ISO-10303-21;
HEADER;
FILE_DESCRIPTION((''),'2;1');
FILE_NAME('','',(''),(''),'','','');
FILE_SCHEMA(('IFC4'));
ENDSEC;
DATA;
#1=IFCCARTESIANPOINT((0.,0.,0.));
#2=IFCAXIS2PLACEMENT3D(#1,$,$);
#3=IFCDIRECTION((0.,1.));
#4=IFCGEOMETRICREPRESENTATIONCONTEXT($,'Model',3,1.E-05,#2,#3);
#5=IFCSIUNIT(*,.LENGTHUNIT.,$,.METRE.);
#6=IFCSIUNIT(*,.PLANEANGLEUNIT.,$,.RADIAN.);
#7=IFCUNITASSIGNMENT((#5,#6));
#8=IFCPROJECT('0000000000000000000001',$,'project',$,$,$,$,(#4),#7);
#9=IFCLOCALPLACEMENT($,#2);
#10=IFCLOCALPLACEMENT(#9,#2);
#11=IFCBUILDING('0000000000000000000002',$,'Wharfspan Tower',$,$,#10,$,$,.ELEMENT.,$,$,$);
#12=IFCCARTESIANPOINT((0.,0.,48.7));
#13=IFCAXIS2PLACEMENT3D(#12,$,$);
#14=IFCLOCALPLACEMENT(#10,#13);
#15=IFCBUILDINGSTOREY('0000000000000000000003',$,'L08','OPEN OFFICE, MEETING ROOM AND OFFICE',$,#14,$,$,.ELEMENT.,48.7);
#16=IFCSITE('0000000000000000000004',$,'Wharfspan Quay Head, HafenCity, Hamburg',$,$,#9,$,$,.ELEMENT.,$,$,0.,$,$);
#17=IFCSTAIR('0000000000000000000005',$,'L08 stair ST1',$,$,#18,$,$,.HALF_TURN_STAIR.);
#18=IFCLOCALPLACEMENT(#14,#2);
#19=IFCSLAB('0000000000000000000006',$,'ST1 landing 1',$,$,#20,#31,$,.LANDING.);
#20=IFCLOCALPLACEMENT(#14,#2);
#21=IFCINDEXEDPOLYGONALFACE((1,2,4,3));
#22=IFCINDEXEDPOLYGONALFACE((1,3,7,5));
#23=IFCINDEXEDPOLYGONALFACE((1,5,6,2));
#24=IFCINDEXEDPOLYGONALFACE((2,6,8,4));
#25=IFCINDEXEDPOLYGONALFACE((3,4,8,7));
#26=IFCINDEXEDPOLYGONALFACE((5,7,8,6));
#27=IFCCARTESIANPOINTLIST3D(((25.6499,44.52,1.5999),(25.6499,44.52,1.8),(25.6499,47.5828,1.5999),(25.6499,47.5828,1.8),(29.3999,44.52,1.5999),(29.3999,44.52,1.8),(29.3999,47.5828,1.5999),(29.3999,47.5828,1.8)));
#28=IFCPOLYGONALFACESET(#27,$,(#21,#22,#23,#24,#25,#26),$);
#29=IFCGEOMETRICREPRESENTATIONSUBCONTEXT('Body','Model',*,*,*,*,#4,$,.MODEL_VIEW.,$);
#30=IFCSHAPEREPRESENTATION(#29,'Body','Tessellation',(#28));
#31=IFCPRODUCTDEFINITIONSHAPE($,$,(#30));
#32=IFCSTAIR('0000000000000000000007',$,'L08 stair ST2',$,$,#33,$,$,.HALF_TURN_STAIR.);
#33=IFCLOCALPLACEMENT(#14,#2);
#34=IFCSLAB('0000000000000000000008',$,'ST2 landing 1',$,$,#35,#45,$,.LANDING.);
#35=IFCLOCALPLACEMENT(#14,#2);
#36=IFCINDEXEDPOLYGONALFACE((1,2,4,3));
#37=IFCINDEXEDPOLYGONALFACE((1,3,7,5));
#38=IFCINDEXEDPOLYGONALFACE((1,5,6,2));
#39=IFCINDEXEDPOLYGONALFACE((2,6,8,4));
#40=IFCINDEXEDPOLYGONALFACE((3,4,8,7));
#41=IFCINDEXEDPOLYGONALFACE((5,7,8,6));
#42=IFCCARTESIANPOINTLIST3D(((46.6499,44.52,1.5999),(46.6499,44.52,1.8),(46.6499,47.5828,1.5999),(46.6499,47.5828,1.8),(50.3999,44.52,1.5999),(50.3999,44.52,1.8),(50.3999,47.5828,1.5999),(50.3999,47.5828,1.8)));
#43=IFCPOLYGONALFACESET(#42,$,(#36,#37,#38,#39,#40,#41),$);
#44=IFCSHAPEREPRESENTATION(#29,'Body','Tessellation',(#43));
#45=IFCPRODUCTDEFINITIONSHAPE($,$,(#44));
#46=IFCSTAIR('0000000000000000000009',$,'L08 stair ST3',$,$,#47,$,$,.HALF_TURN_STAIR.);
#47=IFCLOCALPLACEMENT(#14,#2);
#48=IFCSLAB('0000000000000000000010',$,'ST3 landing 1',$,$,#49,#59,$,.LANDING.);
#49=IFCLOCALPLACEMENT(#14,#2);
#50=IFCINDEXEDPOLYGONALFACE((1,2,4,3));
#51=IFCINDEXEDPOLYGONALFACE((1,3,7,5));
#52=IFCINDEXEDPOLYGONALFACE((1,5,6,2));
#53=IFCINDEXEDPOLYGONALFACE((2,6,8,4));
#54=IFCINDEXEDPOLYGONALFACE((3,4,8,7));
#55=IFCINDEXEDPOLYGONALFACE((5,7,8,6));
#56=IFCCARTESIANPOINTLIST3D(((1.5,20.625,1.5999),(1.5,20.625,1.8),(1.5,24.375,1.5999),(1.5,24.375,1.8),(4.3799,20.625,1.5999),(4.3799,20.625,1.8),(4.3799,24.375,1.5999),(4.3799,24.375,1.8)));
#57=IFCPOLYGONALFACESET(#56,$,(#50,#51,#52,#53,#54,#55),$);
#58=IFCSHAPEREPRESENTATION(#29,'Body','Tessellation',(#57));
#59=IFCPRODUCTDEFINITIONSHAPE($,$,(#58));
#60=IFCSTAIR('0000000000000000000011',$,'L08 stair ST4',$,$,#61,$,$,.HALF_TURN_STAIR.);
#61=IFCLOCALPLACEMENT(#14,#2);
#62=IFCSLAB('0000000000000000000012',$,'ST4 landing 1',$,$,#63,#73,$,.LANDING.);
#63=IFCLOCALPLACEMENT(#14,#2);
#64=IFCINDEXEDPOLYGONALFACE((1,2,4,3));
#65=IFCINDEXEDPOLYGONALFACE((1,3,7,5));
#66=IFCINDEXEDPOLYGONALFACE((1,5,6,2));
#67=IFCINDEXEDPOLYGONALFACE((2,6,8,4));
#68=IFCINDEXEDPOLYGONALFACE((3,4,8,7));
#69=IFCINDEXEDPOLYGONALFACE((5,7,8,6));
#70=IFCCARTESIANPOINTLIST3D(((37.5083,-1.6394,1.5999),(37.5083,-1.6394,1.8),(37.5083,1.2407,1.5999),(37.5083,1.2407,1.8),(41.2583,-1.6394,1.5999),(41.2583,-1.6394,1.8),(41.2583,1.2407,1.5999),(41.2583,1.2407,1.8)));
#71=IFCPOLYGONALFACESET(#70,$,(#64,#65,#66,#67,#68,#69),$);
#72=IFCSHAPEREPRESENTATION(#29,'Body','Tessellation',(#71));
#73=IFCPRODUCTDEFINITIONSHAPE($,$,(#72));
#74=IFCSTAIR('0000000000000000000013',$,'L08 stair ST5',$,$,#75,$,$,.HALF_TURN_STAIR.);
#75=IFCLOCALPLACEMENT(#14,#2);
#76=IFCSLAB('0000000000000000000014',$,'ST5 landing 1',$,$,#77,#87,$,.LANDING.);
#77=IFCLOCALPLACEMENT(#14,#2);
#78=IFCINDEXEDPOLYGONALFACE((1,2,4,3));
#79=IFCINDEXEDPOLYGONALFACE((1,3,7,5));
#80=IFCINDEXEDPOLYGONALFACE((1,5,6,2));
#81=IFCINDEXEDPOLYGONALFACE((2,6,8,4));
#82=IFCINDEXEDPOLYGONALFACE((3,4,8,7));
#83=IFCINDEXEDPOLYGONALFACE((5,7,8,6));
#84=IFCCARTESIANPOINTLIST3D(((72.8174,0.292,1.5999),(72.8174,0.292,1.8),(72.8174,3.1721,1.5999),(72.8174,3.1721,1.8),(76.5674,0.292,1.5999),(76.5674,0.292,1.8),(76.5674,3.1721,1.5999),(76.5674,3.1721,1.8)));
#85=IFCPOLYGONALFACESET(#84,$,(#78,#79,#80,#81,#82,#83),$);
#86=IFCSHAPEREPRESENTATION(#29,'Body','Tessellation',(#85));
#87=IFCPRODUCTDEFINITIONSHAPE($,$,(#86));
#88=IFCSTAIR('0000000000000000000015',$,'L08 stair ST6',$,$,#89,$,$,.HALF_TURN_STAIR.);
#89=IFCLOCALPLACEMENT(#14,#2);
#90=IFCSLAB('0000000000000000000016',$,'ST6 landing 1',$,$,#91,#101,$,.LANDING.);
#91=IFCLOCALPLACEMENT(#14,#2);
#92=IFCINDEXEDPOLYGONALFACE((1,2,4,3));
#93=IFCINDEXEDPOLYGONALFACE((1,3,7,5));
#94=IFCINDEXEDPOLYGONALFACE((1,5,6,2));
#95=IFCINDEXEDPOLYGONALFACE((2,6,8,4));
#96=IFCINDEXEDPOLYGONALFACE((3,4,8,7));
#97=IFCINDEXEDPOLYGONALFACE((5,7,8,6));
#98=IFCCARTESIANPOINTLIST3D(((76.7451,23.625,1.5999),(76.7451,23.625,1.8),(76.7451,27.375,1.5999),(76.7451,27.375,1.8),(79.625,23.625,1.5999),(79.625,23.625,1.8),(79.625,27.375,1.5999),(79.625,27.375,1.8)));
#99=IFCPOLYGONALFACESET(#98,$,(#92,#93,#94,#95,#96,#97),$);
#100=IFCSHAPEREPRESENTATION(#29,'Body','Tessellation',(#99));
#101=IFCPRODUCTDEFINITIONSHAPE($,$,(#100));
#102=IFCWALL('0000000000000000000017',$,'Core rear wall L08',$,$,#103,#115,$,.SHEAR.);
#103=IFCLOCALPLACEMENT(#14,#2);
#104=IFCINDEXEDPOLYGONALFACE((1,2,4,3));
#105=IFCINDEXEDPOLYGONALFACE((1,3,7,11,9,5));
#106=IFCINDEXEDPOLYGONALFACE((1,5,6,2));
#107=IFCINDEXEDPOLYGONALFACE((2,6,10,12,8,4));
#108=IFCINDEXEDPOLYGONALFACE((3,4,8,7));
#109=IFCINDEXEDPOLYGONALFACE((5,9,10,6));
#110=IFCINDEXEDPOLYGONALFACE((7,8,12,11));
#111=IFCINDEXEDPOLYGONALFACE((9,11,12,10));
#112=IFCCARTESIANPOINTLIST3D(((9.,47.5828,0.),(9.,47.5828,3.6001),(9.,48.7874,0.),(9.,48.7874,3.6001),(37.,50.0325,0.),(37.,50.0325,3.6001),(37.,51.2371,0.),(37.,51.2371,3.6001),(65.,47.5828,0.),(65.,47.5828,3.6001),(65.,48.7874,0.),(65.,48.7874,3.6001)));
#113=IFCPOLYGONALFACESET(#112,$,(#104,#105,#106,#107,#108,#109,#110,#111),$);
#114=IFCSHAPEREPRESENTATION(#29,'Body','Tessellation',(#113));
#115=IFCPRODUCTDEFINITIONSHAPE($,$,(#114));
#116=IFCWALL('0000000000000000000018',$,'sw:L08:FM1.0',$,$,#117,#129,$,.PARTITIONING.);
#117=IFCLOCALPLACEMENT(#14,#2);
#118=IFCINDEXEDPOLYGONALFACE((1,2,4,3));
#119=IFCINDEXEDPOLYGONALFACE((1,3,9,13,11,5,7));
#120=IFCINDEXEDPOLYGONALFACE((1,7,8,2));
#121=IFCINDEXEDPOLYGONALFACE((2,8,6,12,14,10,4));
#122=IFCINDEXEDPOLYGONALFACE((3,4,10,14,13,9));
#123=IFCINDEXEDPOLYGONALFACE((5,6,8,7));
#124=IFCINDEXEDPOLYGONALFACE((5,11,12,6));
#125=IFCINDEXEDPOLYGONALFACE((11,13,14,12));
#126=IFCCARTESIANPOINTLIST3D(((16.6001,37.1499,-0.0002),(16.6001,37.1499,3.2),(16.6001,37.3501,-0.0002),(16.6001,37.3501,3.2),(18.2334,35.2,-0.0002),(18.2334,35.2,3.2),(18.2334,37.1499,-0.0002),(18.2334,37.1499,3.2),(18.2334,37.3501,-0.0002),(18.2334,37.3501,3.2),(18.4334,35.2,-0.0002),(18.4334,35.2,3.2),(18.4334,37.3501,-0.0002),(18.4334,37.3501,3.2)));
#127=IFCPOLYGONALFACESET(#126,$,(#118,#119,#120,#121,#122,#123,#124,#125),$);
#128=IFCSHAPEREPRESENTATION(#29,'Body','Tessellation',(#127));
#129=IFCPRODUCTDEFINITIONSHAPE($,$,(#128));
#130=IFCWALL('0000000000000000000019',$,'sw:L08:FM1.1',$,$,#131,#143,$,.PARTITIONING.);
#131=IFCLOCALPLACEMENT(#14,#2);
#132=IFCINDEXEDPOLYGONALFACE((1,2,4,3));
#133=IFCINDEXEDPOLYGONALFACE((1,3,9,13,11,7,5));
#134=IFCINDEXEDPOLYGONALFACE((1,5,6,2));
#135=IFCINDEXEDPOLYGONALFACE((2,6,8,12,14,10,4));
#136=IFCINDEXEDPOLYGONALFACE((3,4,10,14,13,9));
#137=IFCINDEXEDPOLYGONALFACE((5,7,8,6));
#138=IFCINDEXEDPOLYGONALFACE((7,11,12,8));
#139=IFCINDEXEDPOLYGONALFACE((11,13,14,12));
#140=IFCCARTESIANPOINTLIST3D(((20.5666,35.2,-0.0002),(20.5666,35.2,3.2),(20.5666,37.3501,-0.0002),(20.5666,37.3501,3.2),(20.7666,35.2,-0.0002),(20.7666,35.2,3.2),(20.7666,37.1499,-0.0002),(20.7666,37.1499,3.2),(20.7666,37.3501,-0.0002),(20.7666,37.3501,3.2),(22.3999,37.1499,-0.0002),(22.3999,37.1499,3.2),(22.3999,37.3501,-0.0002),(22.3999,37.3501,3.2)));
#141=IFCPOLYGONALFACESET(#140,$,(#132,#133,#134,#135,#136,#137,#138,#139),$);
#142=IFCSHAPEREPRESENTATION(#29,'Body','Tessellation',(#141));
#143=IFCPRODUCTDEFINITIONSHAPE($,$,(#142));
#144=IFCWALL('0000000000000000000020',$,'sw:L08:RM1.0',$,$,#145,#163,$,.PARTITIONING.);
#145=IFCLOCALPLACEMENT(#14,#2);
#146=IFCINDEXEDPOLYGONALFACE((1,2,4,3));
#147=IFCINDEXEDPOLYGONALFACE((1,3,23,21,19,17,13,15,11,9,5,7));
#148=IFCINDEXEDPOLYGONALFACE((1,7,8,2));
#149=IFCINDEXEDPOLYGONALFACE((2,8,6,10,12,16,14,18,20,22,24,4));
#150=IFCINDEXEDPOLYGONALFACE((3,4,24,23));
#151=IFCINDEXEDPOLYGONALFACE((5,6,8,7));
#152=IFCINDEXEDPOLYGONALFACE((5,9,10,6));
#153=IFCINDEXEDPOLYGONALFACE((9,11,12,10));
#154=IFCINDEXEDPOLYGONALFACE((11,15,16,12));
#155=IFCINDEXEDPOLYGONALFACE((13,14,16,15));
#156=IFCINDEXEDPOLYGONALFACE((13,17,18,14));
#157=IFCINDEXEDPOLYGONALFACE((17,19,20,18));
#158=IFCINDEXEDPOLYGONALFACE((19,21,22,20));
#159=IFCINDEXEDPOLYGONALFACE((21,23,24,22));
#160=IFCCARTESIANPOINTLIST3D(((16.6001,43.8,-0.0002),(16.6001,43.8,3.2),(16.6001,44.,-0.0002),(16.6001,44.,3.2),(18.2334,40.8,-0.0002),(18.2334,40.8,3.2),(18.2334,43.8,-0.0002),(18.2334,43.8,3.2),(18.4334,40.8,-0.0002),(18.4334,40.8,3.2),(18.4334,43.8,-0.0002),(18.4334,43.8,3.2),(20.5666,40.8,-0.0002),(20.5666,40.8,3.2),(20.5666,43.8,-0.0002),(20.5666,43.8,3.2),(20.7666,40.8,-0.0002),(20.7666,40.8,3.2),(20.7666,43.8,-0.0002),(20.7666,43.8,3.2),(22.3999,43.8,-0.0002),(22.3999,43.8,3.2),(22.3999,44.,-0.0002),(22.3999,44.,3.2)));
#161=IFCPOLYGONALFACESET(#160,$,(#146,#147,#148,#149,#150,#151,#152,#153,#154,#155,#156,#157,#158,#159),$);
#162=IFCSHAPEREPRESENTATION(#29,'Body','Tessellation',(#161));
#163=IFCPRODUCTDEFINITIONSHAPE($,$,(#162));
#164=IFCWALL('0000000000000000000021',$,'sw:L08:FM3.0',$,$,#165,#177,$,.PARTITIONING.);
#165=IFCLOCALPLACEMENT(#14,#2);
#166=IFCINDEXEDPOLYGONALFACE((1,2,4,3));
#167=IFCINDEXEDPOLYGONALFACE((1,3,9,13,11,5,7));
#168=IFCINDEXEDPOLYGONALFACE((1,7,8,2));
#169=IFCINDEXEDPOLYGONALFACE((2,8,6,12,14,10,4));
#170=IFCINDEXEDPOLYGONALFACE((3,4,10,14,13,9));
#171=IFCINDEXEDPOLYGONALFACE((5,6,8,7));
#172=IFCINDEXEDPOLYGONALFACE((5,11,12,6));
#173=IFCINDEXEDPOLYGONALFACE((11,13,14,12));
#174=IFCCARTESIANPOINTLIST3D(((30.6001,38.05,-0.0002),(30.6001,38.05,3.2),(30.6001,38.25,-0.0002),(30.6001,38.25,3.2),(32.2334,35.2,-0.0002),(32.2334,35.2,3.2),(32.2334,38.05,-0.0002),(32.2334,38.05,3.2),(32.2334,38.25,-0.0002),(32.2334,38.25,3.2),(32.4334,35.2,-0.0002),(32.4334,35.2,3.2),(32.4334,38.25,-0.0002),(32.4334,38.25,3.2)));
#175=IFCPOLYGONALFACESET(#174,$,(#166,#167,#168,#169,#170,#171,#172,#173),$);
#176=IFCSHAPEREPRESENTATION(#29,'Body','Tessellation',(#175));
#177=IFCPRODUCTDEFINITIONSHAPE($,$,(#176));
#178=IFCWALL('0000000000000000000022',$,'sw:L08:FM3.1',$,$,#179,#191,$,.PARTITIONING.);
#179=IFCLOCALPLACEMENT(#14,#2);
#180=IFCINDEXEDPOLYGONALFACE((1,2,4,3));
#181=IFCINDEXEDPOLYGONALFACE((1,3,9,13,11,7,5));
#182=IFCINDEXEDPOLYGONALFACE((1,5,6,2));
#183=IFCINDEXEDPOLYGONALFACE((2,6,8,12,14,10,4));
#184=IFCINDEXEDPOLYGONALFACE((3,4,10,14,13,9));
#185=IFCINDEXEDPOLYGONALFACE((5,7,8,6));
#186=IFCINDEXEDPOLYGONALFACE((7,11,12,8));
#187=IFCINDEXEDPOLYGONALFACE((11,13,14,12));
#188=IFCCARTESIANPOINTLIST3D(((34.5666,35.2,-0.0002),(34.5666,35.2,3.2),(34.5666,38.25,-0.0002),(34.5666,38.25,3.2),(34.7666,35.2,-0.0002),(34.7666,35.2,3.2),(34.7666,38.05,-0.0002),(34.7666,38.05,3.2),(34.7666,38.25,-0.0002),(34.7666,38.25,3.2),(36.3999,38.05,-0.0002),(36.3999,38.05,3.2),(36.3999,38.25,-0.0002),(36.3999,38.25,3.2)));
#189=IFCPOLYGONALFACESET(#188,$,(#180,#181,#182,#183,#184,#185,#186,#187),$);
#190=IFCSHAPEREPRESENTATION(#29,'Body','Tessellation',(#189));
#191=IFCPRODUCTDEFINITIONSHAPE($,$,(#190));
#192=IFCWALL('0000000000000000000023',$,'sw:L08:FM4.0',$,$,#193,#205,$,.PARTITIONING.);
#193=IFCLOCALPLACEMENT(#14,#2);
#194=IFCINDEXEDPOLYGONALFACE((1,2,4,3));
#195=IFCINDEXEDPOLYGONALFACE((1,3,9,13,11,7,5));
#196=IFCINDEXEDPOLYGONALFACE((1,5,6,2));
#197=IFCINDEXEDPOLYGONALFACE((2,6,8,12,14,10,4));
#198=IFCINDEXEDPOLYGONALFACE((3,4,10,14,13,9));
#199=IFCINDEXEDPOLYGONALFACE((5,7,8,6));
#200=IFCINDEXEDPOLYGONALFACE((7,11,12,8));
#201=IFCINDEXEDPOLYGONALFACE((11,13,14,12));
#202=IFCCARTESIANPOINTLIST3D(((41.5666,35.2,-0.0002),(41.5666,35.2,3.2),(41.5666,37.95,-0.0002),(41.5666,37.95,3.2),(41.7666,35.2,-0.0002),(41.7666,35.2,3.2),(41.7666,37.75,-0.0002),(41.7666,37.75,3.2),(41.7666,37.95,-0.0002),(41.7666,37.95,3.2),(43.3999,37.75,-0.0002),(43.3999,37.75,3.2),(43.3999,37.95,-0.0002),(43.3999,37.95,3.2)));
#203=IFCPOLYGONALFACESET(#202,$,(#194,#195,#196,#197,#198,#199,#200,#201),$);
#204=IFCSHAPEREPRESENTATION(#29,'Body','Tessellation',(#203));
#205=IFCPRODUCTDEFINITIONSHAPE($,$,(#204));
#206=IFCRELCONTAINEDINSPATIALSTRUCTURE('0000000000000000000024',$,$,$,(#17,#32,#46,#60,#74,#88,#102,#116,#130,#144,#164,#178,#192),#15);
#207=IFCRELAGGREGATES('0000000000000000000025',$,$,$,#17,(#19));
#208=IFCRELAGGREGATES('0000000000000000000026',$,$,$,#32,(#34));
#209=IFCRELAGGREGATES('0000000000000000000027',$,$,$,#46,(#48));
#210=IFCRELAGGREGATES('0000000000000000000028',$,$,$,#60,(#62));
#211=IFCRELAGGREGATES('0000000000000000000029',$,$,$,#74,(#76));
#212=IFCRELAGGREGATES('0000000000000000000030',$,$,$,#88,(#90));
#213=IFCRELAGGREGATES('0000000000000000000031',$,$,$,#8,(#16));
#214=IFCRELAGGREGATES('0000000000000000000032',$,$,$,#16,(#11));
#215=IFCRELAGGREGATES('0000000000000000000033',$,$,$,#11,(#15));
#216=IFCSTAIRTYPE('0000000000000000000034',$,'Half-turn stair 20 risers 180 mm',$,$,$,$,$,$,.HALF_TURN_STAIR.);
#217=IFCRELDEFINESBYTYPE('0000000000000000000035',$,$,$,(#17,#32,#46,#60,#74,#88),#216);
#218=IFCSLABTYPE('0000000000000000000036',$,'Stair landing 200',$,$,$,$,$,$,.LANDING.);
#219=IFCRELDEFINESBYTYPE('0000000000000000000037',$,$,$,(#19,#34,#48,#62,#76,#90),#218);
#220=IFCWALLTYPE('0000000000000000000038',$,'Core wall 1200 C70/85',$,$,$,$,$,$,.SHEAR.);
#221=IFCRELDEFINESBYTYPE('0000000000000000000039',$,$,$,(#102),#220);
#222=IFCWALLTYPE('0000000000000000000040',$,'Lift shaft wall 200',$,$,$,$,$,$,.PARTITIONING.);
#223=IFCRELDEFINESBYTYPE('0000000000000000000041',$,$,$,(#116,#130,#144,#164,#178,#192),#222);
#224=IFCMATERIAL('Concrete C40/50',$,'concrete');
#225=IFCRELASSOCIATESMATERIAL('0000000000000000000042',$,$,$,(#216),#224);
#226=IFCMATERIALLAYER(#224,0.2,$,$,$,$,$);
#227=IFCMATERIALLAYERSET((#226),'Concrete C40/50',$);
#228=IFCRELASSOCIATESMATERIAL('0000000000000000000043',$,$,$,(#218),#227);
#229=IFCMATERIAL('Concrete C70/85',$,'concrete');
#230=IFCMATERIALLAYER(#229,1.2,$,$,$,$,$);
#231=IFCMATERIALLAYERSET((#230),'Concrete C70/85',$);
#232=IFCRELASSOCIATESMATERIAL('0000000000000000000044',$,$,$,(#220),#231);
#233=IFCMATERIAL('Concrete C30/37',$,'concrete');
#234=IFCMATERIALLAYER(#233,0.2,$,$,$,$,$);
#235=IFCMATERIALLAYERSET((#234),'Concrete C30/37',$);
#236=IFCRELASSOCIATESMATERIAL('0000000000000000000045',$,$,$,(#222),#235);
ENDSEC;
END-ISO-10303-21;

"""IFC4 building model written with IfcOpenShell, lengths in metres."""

from ifc_helpers import new_model, si_unit, direction, frame, origin, place, context, subcontext, project, spatial, polyline, outline, extrude, material, layer, layer_set, type_object, element, aggregate, save


model = new_model("IFC4")

# Units and contexts
model_context = context("Model", 3, precision=1e-05, world=origin(), true_north=direction((0.0, 1.0)))
body_context = subcontext(model_context, "Body", "Model", "MODEL_VIEW")
ifc_project = project(units=[si_unit("LENGTHUNIT", "METRE"), si_unit("PLANEANGLEUNIT", "RADIAN")], contexts=[model_context])

# Site, building, storey
site_placement = place(None, origin())
site = spatial("IfcSite", under=ifc_project, at=site_placement, Name="Wharfspan Quay Head, HafenCity, Hamburg", CompositionType="ELEMENT", RefElevation=0.0)
building_placement = place(site_placement, origin())
building = spatial("IfcBuilding", under=site, at=building_placement, Name="Wharfspan Tower", CompositionType="ELEMENT")
storey_placement = place(building_placement, frame((0.0, 0.0, 48.7)))
storey = spatial("IfcBuildingStorey", under=building, at=storey_placement, Name="L08", Description="OPEN OFFICE, MEETING ROOM AND OFFICE", CompositionType="ELEMENT", Elevation=48.7)

# Shared definitions
ifc_material_1 = material(Name="Concrete C40/50", Category="concrete")

# Stairs, slabs
stair_type = type_object("IfcStairType", Name="Half-turn stair 20 risers 180 mm", PredefinedType="HALF_TURN_STAIR", material=ifc_material_1)
stair_1_placement = place(storey_placement, origin())
stair_1 = element("IfcStair", 1, at=stair_1_placement, inside=storey, type_object=stair_type, Name="L08 stair ST1", PredefinedType="HALF_TURN_STAIR")
ifc_layer_1 = layer(ifc_material_1, 0.2)
ifc_layer_set_1 = layer_set([ifc_layer_1], Name="Concrete C40/50")
slab_type_1 = type_object("IfcSlabType", Name="Stair landing 200", PredefinedType="LANDING", material=ifc_layer_set_1)
slab_1_placement = place(storey_placement, frame((0.0, 0.0, 1.5999)))
slab_1 = element("IfcSlab", 2, at=slab_1_placement, type_object=slab_type_1, Name="ST1 landing 1", PredefinedType="LANDING", context=body_context, shape_type="SweptSolid", body=[
    extrude(outline(polyline([(25.6499, 44.52), (29.3999, 44.52), (29.3999, 47.5828), (25.6499, 47.5828), (25.6499, 44.52)])), origin(), (0.0, 0.0, 1.0), 0.2002),
])
aggregate(stair_1, [slab_1])
stair_2_placement = place(storey_placement, origin())
stair_2 = element("IfcStair", 3, at=stair_2_placement, inside=storey, type_object=stair_type, Name="L08 stair ST2", PredefinedType="HALF_TURN_STAIR")
slab_2_placement = place(storey_placement, frame((0.0, 0.0, 1.5999)))
slab_2 = element("IfcSlab", 4, at=slab_2_placement, type_object=slab_type_1, Name="ST2 landing 1", PredefinedType="LANDING", context=body_context, shape_type="SweptSolid", body=[
    extrude(outline(polyline([(46.6499, 44.52), (50.3999, 44.52), (50.3999, 47.5828), (46.6499, 47.5828), (46.6499, 44.52)])), origin(), (0.0, 0.0, 1.0), 0.2002),
])
aggregate(stair_2, [slab_2])
stair_3_placement = place(storey_placement, origin())
stair_3 = element("IfcStair", 5, at=stair_3_placement, inside=storey, type_object=stair_type, Name="L08 stair ST3", PredefinedType="HALF_TURN_STAIR")
slab_3_placement = place(storey_placement, frame((0.0, 0.0, 1.5999)))
slab_3 = element("IfcSlab", 6, at=slab_3_placement, type_object=slab_type_1, Name="ST3 landing 1", PredefinedType="LANDING", context=body_context, shape_type="SweptSolid", body=[
    extrude(outline(polyline([(4.3799, 24.375), (1.5, 24.375), (1.5, 20.625), (4.3799, 20.625), (4.3799, 24.375)])), origin(), (0.0, 0.0, 1.0), 0.2002),
])
aggregate(stair_3, [slab_3])
stair_4_placement = place(storey_placement, origin())
stair_4 = element("IfcStair", 7, at=stair_4_placement, inside=storey, type_object=stair_type, Name="L08 stair ST4", PredefinedType="HALF_TURN_STAIR")
slab_4_placement = place(storey_placement, frame((0.0, 0.0, 1.5999)))
slab_4 = element("IfcSlab", 8, at=slab_4_placement, type_object=slab_type_1, Name="ST4 landing 1", PredefinedType="LANDING", context=body_context, shape_type="SweptSolid", body=[
    extrude(outline(polyline([(37.5083, 1.2407), (37.5083, -1.6394), (41.2583, -1.6394), (41.2583, 1.2407), (37.5083, 1.2407)])), origin(), (0.0, 0.0, 1.0), 0.2002),
])
aggregate(stair_4, [slab_4])
stair_5_placement = place(storey_placement, origin())
stair_5 = element("IfcStair", 9, at=stair_5_placement, inside=storey, type_object=stair_type, Name="L08 stair ST5", PredefinedType="HALF_TURN_STAIR")
slab_5_placement = place(storey_placement, frame((0.0, 0.0, 1.5999)))
slab_5 = element("IfcSlab", 10, at=slab_5_placement, type_object=slab_type_1, Name="ST5 landing 1", PredefinedType="LANDING", context=body_context, shape_type="SweptSolid", body=[
    extrude(outline(polyline([(72.8174, 3.1721), (72.8174, 0.292), (76.5674, 0.292), (76.5674, 3.1721), (72.8174, 3.1721)])), origin(), (0.0, 0.0, 1.0), 0.2002),
])
aggregate(stair_5, [slab_5])
stair_6_placement = place(storey_placement, origin())
stair_6 = element("IfcStair", 11, at=stair_6_placement, inside=storey, type_object=stair_type, Name="L08 stair ST6", PredefinedType="HALF_TURN_STAIR")
slab_6_placement = place(storey_placement, frame((0.0, 0.0, 1.5999)))
slab_6 = element("IfcSlab", 12, at=slab_6_placement, type_object=slab_type_1, Name="ST6 landing 1", PredefinedType="LANDING", context=body_context, shape_type="SweptSolid", body=[
    extrude(outline(polyline([(76.7451, 23.625), (79.625, 23.625), (79.625, 27.375), (76.7451, 27.375), (76.7451, 23.625)])), origin(), (0.0, 0.0, 1.0), 0.2002),
])
aggregate(stair_6, [slab_6])

# Walls
ifc_material_2 = material(Name="Concrete C70/85", Category="concrete")
ifc_layer_2 = layer(ifc_material_2, 1.2)
ifc_layer_set_2 = layer_set([ifc_layer_2], Name="Concrete C70/85")
wall_type_1 = type_object("IfcWallType", Name="Core wall 1200 C70/85", PredefinedType="SHEAR", material=ifc_layer_set_2)
wall_1_placement = place(storey_placement, origin())
element("IfcWall", 13, at=wall_1_placement, inside=storey, type_object=wall_type_1, Name="Core rear wall L08", PredefinedType="SHEAR", context=body_context, shape_type="SweptSolid", body=[
    extrude(outline(polyline([(9.0, 47.5828), (37.0, 50.0325), (65.0, 47.5828), (65.0, 48.7874), (37.0, 51.2371), (9.0, 48.7874), (9.0, 47.5828)])), origin(), (0.0, 0.0, 1.0), 3.6001),
])
ifc_material_3 = material(Name="Concrete C30/37", Category="concrete")
ifc_layer_3 = layer(ifc_material_3, 0.2)
ifc_layer_set_3 = layer_set([ifc_layer_3], Name="Concrete C30/37")
wall_type_2 = type_object("IfcWallType", Name="Lift shaft wall 200", PredefinedType="PARTITIONING", material=ifc_layer_set_3)
wall_2_placement = place(storey_placement, frame((0.0, 0.0, -0.0002)))
element("IfcWall", 14, at=wall_2_placement, inside=storey, type_object=wall_type_2, Name="sw:L08:FM1.0", PredefinedType="PARTITIONING", context=body_context, shape_type="SweptSolid", body=[
    extrude(outline(polyline([(18.2334, 37.1499), (16.6001, 37.1499), (16.6001, 37.3501), (18.2334, 37.3501), (18.4334, 37.3501), (18.4334, 35.2), (18.2334, 35.2), (18.2334, 37.1499)])), origin(), (0.0, 0.0, 1.0), 3.2002),
])
wall_3_placement = place(storey_placement, frame((0.0, 0.0, -0.0002)))
element("IfcWall", 15, at=wall_3_placement, inside=storey, type_object=wall_type_2, Name="sw:L08:FM1.1", PredefinedType="PARTITIONING", context=body_context, shape_type="SweptSolid", body=[
    extrude(outline(polyline([(20.5666, 37.3501), (20.7666, 37.3501), (22.3999, 37.3501), (22.3999, 37.1499), (20.7666, 37.1499), (20.7666, 35.2), (20.5666, 35.2), (20.5666, 37.3501)])), origin(), (0.0, 0.0, 1.0), 3.2002),
])
wall_4_placement = place(storey_placement, frame((0.0, 0.0, -0.0002)))
element("IfcWall", 16, at=wall_4_placement, inside=storey, type_object=wall_type_2, Name="sw:L08:RM1.0", PredefinedType="PARTITIONING", context=body_context, shape_type="SweptSolid", body=[
    extrude(outline(polyline([(18.4334, 40.8), (18.2334, 40.8), (18.2334, 43.8), (16.6001, 43.8), (16.6001, 44.0), (22.3999, 44.0), (22.3999, 43.8), (20.7666, 43.8), (20.7666, 40.8), (20.5666, 40.8), (20.5666, 43.8), (18.4334, 43.8), (18.4334, 40.8)])), origin(), (0.0, 0.0, 1.0), 3.2002),
])
wall_5_placement = place(storey_placement, frame((0.0, 0.0, -0.0002)))
element("IfcWall", 17, at=wall_5_placement, inside=storey, type_object=wall_type_2, Name="sw:L08:FM3.0", PredefinedType="PARTITIONING", context=body_context, shape_type="SweptSolid", body=[
    extrude(outline(polyline([(32.2334, 38.05), (30.6001, 38.05), (30.6001, 38.25), (32.2334, 38.25), (32.4333, 38.25), (32.4333, 35.2), (32.2334, 35.2), (32.2334, 38.05)])), origin(), (0.0, 0.0, 1.0), 3.2002),
])
wall_6_placement = place(storey_placement, frame((0.0, 0.0, -0.0002)))
element("IfcWall", 18, at=wall_6_placement, inside=storey, type_object=wall_type_2, Name="sw:L08:FM3.1", PredefinedType="PARTITIONING", context=body_context, shape_type="SweptSolid", body=[
    extrude(outline(polyline([(34.5667, 38.25), (34.7666, 38.25), (36.3999, 38.25), (36.3999, 38.05), (34.7666, 38.05), (34.7666, 35.2), (34.5667, 35.2), (34.5667, 38.25)])), origin(), (0.0, 0.0, 1.0), 3.2002),
])
wall_7_placement = place(storey_placement, frame((0.0, 0.0, -0.0002)))
element("IfcWall", 19, at=wall_7_placement, inside=storey, type_object=wall_type_2, Name="sw:L08:FM4.0", PredefinedType="PARTITIONING", context=body_context, shape_type="SweptSolid", body=[
    extrude(outline(polyline([(41.5667, 37.95), (41.7666, 37.95), (43.3999, 37.95), (43.3999, 37.75), (41.7666, 37.75), (41.7666, 35.2), (41.5667, 35.2), (41.5667, 37.95)])), origin(), (0.0, 0.0, 1.0), 3.2002),
])

save(model, "model.ifc")
